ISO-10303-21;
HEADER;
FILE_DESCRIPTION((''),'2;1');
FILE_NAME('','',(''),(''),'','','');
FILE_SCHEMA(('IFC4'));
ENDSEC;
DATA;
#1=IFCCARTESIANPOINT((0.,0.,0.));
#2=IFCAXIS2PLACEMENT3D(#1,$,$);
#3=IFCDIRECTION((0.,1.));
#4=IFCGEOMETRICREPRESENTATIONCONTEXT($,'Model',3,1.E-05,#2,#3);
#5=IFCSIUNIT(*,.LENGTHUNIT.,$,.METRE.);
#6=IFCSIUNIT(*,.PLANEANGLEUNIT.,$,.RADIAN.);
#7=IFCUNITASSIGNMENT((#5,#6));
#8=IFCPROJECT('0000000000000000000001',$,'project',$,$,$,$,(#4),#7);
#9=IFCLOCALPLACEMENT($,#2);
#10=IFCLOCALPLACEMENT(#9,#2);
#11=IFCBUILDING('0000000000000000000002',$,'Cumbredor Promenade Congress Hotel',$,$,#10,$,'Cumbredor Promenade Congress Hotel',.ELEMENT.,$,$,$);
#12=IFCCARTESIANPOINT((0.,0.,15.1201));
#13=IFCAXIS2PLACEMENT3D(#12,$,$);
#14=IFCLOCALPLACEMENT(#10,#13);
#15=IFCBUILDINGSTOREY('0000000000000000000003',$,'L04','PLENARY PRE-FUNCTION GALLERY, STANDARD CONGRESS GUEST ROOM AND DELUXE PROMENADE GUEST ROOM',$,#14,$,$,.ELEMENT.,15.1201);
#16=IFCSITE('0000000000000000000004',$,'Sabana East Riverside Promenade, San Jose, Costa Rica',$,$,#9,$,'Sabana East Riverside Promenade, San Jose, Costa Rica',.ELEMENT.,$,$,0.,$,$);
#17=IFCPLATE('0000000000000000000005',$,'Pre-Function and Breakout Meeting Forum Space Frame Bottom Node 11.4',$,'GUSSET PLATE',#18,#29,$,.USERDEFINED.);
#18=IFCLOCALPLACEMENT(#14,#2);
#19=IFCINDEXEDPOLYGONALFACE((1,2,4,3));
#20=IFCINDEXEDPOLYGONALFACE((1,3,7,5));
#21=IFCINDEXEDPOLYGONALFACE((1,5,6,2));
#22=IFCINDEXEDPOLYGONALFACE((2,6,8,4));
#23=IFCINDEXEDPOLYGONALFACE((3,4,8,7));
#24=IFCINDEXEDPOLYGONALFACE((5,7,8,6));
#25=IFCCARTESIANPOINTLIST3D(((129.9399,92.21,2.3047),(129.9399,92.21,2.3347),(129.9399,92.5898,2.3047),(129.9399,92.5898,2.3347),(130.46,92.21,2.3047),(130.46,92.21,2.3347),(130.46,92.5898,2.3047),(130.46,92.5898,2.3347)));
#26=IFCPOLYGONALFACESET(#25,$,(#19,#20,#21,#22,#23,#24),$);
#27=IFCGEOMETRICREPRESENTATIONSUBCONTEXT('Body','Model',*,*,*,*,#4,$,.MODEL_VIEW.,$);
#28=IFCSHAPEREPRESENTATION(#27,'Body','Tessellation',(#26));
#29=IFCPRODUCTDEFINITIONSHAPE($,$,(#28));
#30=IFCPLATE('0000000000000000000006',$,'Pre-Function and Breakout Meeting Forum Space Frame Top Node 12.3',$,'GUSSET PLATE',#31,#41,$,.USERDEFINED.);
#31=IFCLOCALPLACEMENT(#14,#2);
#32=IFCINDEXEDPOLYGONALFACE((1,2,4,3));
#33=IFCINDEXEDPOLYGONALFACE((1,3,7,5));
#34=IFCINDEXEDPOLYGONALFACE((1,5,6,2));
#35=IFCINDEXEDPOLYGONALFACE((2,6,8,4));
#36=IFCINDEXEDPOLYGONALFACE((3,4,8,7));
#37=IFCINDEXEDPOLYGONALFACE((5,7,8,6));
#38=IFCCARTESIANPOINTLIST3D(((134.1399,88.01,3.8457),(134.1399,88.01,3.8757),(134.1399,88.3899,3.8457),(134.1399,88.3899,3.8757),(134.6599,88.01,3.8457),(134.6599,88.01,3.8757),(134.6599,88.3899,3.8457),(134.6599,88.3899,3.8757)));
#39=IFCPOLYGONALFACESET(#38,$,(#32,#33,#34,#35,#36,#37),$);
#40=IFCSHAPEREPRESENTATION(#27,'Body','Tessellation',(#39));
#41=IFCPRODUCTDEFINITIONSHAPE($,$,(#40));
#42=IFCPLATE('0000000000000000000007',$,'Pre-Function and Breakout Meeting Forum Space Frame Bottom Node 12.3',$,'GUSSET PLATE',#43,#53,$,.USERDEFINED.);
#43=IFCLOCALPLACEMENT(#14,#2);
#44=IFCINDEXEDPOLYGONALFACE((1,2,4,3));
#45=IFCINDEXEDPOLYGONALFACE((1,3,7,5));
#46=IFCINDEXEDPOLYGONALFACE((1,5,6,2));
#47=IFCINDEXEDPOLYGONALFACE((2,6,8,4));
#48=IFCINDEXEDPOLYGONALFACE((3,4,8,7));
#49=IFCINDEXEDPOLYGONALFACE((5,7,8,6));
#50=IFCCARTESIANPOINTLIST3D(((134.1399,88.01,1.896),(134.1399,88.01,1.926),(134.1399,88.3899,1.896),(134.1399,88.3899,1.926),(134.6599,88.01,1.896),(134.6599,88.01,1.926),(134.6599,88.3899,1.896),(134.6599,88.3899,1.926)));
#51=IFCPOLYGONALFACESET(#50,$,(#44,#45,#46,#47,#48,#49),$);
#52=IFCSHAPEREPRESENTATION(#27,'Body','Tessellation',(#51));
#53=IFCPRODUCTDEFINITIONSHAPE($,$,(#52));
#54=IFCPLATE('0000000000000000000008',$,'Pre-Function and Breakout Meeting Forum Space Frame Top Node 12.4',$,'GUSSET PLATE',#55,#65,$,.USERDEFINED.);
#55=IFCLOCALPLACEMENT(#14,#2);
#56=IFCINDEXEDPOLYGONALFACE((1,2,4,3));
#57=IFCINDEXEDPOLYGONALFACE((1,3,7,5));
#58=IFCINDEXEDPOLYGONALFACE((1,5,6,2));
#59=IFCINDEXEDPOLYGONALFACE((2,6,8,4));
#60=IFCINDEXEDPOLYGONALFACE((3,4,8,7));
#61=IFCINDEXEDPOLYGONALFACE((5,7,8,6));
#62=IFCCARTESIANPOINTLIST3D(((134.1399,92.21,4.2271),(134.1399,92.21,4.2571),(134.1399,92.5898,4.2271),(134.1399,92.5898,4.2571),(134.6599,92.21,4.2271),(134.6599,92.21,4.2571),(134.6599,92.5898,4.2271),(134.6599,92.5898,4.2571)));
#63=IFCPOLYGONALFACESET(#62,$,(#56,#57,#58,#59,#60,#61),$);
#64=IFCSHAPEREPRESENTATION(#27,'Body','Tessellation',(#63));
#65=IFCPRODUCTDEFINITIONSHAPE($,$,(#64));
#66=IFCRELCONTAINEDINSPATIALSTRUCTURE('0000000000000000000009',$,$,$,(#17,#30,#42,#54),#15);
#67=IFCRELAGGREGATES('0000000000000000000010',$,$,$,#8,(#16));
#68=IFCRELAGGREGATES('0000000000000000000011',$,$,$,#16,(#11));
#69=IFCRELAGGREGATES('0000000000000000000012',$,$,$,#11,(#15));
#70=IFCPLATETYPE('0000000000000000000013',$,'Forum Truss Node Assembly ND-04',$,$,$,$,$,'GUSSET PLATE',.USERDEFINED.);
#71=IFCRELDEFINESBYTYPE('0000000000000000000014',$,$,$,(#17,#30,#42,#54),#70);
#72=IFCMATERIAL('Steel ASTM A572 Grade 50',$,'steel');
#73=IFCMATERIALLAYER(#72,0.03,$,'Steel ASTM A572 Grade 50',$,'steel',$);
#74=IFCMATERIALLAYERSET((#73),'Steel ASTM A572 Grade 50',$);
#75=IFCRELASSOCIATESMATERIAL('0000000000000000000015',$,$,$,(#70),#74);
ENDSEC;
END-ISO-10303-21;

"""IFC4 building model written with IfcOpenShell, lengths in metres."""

from ifc_helpers import new_model, si_unit, direction, frame, origin, origin_2d, place, context, subcontext, project, spatial, rectangle, extrude, material, layer, layer_set, type_object, element, save


model = new_model("IFC4")

# Units and contexts
model_context = context("Model", 3, precision=1e-05, world=origin(), true_north=direction((0.0, 1.0)))
body_context = subcontext(model_context, "Body", "Model", "MODEL_VIEW")
ifc_project = project(units=[si_unit("LENGTHUNIT", "METRE"), si_unit("PLANEANGLEUNIT", "RADIAN")], contexts=[model_context])

# Site, building, storey
site_placement = place(None, origin())
site = spatial("IfcSite", under=ifc_project, at=site_placement, Name="Sabana East Riverside Promenade, San Jose, Costa Rica", LongName="Sabana East Riverside Promenade, San Jose, Costa Rica", CompositionType="ELEMENT", RefElevation=0.0)
building_placement = place(site_placement, origin())
building = spatial("IfcBuilding", under=site, at=building_placement, Name="Cumbredor Promenade Congress Hotel", LongName="Cumbredor Promenade Congress Hotel", CompositionType="ELEMENT")
storey_placement = place(building_placement, frame((0.0, 0.0, 15.1201)))
storey = spatial("IfcBuildingStorey", under=building, at=storey_placement, Name="L04", Description="PLENARY PRE-FUNCTION GALLERY, STANDARD CONGRESS GUEST ROOM AND DELUXE PROMENADE GUEST ROOM", CompositionType="ELEMENT", Elevation=15.1201)

# Plates
ifc_material_1 = material(Name="Steel ASTM A572 Grade 50", Category="steel")
ifc_layer = layer(ifc_material_1, 0.03, Name="Steel ASTM A572 Grade 50", Category="steel")
ifc_layer_set = layer_set([ifc_layer], Name="Steel ASTM A572 Grade 50")
plate_type = type_object("IfcPlateType", Name="Forum Truss Node Assembly ND-04", ElementType="GUSSET PLATE", PredefinedType="USERDEFINED", material=ifc_layer_set)
for number, where, z_axis, x_axis, name in (
    (1, (130.2, 92.3999, 2.3047), (0.0, 0.0, 1.0), (1.0, 0.0, 0.0), "Pre-Function and Breakout Meeting Forum Space Frame Bottom Node 11.4"),
    (2, (134.3999, 88.2, 3.8457), (0.0, 0.0, 1.0), (1.0, 0.0, 0.0), "Pre-Function and Breakout Meeting Forum Space Frame Top Node 12.3"),
    (3, (134.3999, 88.2, 1.896), (0.0, 0.0, 1.0), (1.0, 0.0, 0.0), "Pre-Function and Breakout Meeting Forum Space Frame Bottom Node 12.3"),
    (4, (134.3999, 92.3999, 4.2271), (0.0, 0.0, 1.0), (1.0, 0.0, 0.0), "Pre-Function and Breakout Meeting Forum Space Frame Top Node 12.4"),
):
    element("IfcPlate", number, at=place(storey_placement, frame(where, z_axis=z_axis, x_axis=x_axis)), inside=storey, type_object=plate_type, Name=name, ObjectType="GUSSET PLATE", PredefinedType="USERDEFINED", context=body_context, shape_type="SweptSolid", body=[
        extrude(rectangle(XDim=0.52, YDim=0.3799, at=origin_2d()), origin(), (0.0, 0.0, 1.0), 0.03),
    ])

save(model, "model.ifc")
